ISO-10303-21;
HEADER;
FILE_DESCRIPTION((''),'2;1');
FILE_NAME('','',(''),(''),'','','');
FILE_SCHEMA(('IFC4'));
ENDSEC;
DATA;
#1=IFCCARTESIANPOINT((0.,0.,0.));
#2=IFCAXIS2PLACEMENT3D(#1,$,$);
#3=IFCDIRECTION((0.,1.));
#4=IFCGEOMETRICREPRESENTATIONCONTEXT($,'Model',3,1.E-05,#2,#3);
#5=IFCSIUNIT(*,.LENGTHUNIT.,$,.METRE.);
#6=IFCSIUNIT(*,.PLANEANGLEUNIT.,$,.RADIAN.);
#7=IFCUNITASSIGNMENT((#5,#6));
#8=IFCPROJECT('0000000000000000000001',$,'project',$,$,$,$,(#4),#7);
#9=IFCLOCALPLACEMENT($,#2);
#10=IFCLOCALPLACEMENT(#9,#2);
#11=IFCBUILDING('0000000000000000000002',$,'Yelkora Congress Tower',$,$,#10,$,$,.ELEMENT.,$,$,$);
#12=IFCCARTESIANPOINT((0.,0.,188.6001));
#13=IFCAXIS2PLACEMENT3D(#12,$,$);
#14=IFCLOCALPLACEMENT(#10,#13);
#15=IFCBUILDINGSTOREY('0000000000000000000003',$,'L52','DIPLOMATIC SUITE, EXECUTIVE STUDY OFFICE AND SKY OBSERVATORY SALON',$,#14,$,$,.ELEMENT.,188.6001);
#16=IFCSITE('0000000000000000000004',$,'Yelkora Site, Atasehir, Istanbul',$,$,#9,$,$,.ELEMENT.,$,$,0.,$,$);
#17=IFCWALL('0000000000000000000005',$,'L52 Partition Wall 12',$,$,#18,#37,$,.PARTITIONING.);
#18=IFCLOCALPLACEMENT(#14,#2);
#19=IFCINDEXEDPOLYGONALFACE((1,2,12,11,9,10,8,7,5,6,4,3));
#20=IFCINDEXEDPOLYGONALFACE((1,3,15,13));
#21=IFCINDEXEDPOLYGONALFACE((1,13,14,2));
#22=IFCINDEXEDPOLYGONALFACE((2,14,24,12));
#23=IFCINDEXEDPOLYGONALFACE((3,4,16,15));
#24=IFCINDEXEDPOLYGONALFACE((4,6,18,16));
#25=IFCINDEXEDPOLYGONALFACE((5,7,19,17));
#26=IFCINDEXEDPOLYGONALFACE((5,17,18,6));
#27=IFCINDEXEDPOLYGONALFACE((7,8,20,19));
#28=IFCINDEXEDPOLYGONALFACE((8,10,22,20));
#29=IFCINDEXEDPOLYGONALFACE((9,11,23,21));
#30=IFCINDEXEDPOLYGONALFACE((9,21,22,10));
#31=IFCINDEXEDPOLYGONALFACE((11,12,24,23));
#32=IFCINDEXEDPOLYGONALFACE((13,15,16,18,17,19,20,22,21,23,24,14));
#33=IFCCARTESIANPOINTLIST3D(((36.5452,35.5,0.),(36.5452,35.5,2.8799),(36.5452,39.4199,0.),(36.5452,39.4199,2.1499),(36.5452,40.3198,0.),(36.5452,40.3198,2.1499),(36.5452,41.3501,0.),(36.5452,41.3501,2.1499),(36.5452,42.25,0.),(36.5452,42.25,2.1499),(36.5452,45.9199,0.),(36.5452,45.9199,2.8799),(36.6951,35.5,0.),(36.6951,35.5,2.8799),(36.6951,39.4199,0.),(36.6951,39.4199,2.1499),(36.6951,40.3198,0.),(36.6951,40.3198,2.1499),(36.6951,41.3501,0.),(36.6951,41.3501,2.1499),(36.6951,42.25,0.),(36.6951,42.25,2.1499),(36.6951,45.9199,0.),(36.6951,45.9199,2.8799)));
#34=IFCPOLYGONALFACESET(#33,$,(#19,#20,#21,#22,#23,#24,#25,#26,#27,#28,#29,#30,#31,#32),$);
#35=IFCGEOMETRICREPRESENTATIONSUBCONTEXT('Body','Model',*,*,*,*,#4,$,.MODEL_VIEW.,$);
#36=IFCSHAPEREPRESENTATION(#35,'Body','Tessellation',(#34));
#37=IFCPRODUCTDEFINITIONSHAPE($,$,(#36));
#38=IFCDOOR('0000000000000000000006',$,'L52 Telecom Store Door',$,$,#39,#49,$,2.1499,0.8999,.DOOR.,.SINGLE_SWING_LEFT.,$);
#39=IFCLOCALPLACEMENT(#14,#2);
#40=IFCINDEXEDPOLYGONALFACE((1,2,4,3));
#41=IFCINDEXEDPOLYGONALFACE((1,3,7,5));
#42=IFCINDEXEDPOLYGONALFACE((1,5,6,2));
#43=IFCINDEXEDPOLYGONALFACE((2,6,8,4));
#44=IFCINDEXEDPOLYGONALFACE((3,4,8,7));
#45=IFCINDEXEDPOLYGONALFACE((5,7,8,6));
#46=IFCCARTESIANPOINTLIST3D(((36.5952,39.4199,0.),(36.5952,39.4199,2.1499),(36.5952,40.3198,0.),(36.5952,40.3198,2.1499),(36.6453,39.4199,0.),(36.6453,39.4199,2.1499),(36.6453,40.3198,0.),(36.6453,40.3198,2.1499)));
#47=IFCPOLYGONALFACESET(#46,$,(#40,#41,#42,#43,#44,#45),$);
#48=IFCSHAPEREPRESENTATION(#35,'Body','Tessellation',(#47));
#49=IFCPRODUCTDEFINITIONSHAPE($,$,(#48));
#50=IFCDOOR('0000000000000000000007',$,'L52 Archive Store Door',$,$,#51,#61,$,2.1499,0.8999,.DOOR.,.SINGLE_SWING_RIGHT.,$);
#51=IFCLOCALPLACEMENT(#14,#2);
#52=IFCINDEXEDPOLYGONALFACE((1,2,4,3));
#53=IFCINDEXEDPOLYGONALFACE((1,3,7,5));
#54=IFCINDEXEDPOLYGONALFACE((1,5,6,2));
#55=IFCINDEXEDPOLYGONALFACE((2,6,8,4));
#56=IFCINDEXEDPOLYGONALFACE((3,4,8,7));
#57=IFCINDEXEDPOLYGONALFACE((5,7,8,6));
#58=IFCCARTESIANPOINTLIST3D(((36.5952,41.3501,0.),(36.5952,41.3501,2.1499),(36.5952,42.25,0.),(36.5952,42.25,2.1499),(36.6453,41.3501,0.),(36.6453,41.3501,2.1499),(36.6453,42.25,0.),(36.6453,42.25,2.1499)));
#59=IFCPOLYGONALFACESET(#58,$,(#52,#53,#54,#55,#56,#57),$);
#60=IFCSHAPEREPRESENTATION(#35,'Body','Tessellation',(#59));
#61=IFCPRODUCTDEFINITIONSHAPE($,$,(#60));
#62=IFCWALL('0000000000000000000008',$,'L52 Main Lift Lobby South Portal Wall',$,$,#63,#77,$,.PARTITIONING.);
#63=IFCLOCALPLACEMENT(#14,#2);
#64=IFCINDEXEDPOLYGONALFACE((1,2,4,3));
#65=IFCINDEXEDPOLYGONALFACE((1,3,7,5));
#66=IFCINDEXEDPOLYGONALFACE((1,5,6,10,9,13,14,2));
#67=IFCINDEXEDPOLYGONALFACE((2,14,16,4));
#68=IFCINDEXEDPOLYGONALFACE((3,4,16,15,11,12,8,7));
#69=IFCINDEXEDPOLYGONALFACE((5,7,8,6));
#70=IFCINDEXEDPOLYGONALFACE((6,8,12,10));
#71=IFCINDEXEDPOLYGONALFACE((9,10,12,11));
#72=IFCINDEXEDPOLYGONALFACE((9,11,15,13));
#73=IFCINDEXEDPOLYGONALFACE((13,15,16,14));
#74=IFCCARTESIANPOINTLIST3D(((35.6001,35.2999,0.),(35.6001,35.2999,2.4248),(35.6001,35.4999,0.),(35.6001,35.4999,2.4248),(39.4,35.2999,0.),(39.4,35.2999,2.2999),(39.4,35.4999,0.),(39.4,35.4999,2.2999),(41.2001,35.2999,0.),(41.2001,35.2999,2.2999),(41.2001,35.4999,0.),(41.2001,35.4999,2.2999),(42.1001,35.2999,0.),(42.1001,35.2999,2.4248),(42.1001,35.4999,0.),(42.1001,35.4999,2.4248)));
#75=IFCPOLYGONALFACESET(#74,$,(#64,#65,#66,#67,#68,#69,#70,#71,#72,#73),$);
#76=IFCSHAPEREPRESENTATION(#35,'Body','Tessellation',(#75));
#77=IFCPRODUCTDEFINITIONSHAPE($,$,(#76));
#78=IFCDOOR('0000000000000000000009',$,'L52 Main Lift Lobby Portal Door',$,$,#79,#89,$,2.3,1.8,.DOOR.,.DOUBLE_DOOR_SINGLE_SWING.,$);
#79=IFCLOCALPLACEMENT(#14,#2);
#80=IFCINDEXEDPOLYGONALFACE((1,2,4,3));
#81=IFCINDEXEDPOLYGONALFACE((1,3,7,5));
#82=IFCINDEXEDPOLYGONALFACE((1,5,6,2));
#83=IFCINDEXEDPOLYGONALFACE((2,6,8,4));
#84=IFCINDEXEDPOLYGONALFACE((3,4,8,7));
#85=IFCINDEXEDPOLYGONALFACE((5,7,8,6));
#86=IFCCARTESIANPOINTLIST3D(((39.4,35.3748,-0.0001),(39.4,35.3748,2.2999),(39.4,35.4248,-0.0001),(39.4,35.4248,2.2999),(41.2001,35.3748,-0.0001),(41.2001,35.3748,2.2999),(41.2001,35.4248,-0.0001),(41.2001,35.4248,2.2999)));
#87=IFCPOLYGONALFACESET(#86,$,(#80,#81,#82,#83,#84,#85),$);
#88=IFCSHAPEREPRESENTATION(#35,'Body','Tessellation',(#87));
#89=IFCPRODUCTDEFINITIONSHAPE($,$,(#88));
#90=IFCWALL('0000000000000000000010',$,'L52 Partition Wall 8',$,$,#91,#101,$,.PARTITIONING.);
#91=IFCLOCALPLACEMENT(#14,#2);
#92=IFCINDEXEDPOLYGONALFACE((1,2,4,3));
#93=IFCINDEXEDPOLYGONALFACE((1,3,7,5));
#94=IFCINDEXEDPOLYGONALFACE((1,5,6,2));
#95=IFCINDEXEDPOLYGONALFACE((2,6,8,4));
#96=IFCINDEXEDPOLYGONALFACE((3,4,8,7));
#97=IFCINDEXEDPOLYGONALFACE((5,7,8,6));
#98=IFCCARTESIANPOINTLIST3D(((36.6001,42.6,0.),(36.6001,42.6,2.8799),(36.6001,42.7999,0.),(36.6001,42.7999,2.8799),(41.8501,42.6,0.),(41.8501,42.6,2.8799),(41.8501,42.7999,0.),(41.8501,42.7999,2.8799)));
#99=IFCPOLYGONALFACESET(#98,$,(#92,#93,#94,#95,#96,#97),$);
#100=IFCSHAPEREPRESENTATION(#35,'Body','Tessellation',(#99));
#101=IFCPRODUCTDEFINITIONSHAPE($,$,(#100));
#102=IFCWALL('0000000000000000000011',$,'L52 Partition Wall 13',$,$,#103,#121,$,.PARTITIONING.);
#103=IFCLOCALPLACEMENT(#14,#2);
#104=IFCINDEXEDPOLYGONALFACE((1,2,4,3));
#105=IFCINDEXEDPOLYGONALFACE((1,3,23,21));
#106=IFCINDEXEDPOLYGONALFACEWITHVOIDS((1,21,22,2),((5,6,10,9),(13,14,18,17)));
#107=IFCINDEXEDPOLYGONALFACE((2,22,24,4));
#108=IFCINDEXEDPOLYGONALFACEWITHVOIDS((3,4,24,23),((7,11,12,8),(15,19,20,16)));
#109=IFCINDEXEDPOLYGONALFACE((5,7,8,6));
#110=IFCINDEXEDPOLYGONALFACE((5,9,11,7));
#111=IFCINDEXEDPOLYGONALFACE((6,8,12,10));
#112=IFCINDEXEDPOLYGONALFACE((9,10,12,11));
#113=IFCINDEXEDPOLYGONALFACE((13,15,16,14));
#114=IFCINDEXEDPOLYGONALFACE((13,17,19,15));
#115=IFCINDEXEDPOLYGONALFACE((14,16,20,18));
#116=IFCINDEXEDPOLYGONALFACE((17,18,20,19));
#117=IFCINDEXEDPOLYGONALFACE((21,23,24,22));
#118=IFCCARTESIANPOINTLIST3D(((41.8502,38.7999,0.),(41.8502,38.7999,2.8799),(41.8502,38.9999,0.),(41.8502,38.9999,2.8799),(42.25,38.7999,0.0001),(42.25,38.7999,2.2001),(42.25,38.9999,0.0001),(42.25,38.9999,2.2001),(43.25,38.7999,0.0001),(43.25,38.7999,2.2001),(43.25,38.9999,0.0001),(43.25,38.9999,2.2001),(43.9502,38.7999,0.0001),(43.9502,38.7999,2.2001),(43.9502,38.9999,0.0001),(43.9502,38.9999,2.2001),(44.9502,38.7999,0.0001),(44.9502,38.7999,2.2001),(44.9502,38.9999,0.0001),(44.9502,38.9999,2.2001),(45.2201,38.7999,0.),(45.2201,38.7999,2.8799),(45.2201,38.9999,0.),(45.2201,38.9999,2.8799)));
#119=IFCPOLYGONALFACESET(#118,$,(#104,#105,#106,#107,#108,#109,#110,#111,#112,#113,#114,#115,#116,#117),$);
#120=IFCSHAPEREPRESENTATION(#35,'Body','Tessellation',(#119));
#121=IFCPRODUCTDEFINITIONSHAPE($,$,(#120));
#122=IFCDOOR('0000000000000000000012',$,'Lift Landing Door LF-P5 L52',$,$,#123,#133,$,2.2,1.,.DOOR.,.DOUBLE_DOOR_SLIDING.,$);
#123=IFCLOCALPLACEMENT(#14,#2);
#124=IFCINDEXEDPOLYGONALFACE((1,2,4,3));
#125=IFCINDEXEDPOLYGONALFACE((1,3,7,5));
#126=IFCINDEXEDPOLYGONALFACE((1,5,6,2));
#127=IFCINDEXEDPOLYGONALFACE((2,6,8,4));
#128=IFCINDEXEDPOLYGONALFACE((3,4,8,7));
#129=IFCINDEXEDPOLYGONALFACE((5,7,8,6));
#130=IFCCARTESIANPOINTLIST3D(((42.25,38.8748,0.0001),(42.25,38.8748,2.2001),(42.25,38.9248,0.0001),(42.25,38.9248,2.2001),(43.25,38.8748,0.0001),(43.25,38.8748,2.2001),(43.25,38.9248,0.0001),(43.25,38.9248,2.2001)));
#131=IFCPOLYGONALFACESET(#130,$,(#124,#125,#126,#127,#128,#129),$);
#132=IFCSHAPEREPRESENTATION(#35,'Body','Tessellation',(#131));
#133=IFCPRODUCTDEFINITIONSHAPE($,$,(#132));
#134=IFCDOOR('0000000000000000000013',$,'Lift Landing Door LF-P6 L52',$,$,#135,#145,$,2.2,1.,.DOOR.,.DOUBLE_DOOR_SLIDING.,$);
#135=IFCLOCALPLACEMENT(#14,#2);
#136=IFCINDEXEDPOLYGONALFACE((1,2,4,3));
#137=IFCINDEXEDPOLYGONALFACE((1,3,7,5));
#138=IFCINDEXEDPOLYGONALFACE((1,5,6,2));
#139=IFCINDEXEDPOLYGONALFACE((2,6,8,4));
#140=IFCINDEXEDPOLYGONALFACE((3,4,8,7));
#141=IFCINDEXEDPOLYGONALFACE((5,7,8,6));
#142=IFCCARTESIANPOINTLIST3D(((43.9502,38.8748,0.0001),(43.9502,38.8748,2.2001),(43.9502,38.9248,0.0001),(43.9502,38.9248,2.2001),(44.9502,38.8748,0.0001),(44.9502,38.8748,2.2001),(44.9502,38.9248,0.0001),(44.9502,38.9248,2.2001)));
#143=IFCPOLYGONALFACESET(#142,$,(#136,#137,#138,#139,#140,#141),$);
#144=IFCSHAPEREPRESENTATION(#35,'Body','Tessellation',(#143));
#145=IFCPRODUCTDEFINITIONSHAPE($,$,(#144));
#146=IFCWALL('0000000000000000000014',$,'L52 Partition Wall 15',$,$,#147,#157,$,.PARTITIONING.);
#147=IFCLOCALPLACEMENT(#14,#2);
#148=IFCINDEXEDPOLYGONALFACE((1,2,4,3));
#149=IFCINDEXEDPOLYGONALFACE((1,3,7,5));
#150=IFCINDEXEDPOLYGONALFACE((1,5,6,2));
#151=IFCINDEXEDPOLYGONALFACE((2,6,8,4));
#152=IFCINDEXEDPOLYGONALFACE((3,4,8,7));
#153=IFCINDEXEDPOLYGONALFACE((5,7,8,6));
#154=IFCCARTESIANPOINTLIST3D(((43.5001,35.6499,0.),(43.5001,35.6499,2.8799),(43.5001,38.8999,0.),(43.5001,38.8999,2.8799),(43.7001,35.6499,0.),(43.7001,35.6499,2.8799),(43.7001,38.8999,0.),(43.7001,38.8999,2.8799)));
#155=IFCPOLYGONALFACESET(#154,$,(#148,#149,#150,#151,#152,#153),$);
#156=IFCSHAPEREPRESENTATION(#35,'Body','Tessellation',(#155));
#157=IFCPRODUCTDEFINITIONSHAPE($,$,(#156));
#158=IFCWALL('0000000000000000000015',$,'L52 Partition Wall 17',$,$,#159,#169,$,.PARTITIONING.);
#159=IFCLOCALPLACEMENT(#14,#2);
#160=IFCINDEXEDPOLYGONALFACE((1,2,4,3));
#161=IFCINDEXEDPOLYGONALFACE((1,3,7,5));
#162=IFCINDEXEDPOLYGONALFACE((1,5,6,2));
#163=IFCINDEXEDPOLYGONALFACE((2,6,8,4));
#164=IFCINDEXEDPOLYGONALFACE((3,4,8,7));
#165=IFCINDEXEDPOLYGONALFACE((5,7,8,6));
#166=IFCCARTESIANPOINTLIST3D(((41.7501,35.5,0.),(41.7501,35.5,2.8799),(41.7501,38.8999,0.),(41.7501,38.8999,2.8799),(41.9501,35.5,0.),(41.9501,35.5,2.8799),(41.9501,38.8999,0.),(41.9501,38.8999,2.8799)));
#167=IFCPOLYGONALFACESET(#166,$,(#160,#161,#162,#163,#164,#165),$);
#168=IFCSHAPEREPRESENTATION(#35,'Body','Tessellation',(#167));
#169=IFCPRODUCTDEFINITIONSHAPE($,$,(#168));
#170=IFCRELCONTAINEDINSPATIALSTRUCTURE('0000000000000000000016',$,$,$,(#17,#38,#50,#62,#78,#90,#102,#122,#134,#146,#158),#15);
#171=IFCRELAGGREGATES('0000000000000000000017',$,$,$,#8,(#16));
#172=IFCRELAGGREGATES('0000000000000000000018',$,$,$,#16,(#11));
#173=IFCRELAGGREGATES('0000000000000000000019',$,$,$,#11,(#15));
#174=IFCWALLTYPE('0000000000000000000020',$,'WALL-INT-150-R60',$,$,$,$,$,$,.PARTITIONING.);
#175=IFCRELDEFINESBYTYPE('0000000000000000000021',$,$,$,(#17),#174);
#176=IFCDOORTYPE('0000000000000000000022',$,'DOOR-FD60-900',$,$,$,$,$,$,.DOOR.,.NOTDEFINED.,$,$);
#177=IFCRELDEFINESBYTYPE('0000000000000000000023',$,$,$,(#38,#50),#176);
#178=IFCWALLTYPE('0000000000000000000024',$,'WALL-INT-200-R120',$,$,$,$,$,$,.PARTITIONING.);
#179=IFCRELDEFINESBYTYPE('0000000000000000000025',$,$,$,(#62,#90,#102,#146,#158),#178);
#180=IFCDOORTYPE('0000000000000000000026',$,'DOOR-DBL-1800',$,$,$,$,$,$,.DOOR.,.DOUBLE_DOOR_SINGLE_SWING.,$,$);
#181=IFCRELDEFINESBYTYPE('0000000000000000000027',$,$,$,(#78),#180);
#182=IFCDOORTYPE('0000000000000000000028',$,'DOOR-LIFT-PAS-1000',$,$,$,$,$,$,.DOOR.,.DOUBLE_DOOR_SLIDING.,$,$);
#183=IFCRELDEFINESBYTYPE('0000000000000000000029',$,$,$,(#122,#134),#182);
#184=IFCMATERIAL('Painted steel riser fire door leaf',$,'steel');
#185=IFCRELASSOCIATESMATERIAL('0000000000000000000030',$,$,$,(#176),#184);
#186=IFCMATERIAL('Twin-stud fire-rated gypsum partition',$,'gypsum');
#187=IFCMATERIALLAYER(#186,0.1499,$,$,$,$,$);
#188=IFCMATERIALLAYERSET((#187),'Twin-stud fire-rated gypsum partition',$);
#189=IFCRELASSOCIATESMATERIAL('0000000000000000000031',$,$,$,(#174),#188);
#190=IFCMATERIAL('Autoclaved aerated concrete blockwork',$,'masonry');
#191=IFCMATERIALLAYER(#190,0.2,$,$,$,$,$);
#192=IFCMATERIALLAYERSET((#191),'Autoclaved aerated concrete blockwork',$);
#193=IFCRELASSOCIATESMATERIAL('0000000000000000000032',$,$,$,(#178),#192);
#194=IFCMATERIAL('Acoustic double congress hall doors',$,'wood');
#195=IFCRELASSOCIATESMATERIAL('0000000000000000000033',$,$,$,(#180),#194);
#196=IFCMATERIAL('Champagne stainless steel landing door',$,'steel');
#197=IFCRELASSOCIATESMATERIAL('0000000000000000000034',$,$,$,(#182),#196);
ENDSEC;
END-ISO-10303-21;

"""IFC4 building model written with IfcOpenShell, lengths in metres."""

from ifc_helpers import new_model, si_unit, direction, frame, frame_2d, origin, place, context, subcontext, project, spatial, rectangle, extrude, material, layer, layer_set, type_object, element, fill, save


model = new_model("IFC4")

# Units and contexts
model_context = context("Model", 3, precision=1e-05, world=origin(), true_north=direction((0.0, 1.0)))
body_context = subcontext(model_context, "Body", "Model", "MODEL_VIEW")
ifc_project = project(units=[si_unit("LENGTHUNIT", "METRE"), si_unit("PLANEANGLEUNIT", "RADIAN")], contexts=[model_context])

# Site, building, storey
site_placement = place(None, origin())
site = spatial("IfcSite", under=ifc_project, at=site_placement, Name="Yelkora Site, Atasehir, Istanbul", CompositionType="ELEMENT", RefElevation=0.0)
building_placement = place(site_placement, origin())
building = spatial("IfcBuilding", under=site, at=building_placement, Name="Yelkora Congress Tower", CompositionType="ELEMENT")
storey_placement = place(building_placement, frame((0.0, 0.0, 188.6001)))
storey = spatial("IfcBuildingStorey", under=building, at=storey_placement, Name="L52", Description="DIPLOMATIC SUITE, EXECUTIVE STUDY OFFICE AND SKY OBSERVATORY SALON", CompositionType="ELEMENT", Elevation=188.6001)

# Shared definitions
ifc_material_1 = material(Name="Painted steel riser fire door leaf", Category="steel")
door_type_1 = type_object("IfcDoorType", Name="DOOR-FD60-900", OperationType="NOTDEFINED", PredefinedType="DOOR", material=ifc_material_1)

# Shared definitions
ifc_material_2 = material(Name="Twin-stud fire-rated gypsum partition", Category="gypsum")
ifc_layer_1 = layer(ifc_material_2, 0.1499)
ifc_layer_set_1 = layer_set([ifc_layer_1], Name="Twin-stud fire-rated gypsum partition")
wall_type_1 = type_object("IfcWallType", Name="WALL-INT-150-R60", PredefinedType="PARTITIONING", material=ifc_layer_set_1)

# Wall, openings, doors
wall_1_placement = place(storey_placement, frame((36.6201, 35.5, 0.0), z_axis=(0.0, 0.0, 1.0), x_axis=(0.0, 1.0, 0.0)))
wall_1 = element("IfcWall", 1, at=wall_1_placement, inside=storey, type_object=wall_type_1, Name="L52 Partition Wall 12", PredefinedType="PARTITIONING", context=body_context, shape_type="SweptSolid", body=[
    extrude(rectangle(XDim=10.4199, YDim=0.1499, at=frame_2d((5.21, 0.0))), origin(), (0.0, 0.0, 1.0), 2.8799),
])
opening_1_placement = place(wall_1_placement, frame((3.9199, 0.0, 0.0)))
opening_1 = element("IfcOpeningElement", 2, at=opening_1_placement, cuts=wall_1, PredefinedType="OPENING", context=body_context, shape_type="SweptSolid", body=[
    extrude(rectangle(XDim=0.8999, YDim=2.1499, at=frame_2d((0.45, 1.075))), frame((0.0, 0.085, 0.0), z_axis=(0.0, -1.0, 0.0), x_axis=(1.0, 0.0, 0.0)), (0.0, 0.0, 1.0), 0.1699),
])
opening_2_placement = place(wall_1_placement, frame((5.8501, 0.0, 0.0)))
opening_2 = element("IfcOpeningElement", 3, at=opening_2_placement, cuts=wall_1, PredefinedType="OPENING", context=body_context, shape_type="SweptSolid", body=[
    extrude(rectangle(XDim=0.8999, YDim=2.1499, at=frame_2d((0.45, 1.075))), frame((0.0, 0.085, 0.0), z_axis=(0.0, -1.0, 0.0), x_axis=(1.0, 0.0, 0.0)), (0.0, 0.0, 1.0), 0.1699),
])
door_1_placement = place(opening_1_placement, origin())
door_1 = element("IfcDoor", 4, at=door_1_placement, inside=storey, type_object=door_type_1, Name="L52 Telecom Store Door", OperationType="SINGLE_SWING_LEFT", OverallHeight=2.1499, OverallWidth=0.8999, PredefinedType="DOOR", context=body_context, shape_type="SweptSolid", body=[
    extrude(rectangle(XDim=0.8999, YDim=2.1499, at=frame_2d((0.45, 1.075))), frame((0.0, 0.0249, 0.0), z_axis=(0.0, -1.0, 0.0), x_axis=(1.0, 0.0, 0.0)), (0.0, 0.0, 1.0), 0.05),
])
fill(opening_1, door_1)
door_2_placement = place(opening_2_placement, origin())
door_2 = element("IfcDoor", 5, at=door_2_placement, inside=storey, type_object=door_type_1, Name="L52 Archive Store Door", OperationType="SINGLE_SWING_RIGHT", OverallHeight=2.1499, OverallWidth=0.8999, PredefinedType="DOOR", context=body_context, shape_type="SweptSolid", body=[
    extrude(rectangle(XDim=0.8999, YDim=2.1499, at=frame_2d((0.45, 1.075))), frame((0.0, 0.0249, 0.0), z_axis=(0.0, -1.0, 0.0), x_axis=(1.0, 0.0, 0.0)), (0.0, 0.0, 1.0), 0.05),
])
fill(opening_2, door_2)

# Wall, opening, door
ifc_material_3 = material(Name="Autoclaved aerated concrete blockwork", Category="masonry")
ifc_layer_2 = layer(ifc_material_3, 0.2)
ifc_layer_set_2 = layer_set([ifc_layer_2], Name="Autoclaved aerated concrete blockwork")
wall_type_2 = type_object("IfcWallType", Name="WALL-INT-200-R120", PredefinedType="PARTITIONING", material=ifc_layer_set_2)
wall_2_placement = place(storey_placement, frame((35.6001, 35.3999, 0.0), z_axis=(0.0, 0.0, 1.0), x_axis=(1.0, 0.0, 0.0)))
wall_2 = element("IfcWall", 6, at=wall_2_placement, inside=storey, type_object=wall_type_2, Name="L52 Main Lift Lobby South Portal Wall", PredefinedType="PARTITIONING", context=body_context, shape_type="SweptSolid", body=[
    extrude(rectangle(XDim=6.5, YDim=0.2, at=frame_2d((3.25, 0.0))), origin(), (0.0, 0.0, 1.0), 2.4248),
])
opening_3_placement = place(wall_2_placement, frame((3.8, 0.0, 0.0)))
opening_3 = element("IfcOpeningElement", 7, at=opening_3_placement, cuts=wall_2, PredefinedType="OPENING", context=body_context, shape_type="SweptSolid", body=[
    extrude(rectangle(XDim=1.8, YDim=2.3, at=frame_2d((0.8999, 1.1499))), frame((0.0, 0.1099, 0.0), z_axis=(0.0, -1.0, 0.0), x_axis=(1.0, 0.0, 0.0)), (0.0, 0.0, 1.0), 0.22),
])
ifc_material_4 = material(Name="Acoustic double congress hall doors", Category="wood")
door_type_2 = type_object("IfcDoorType", Name="DOOR-DBL-1800", OperationType="DOUBLE_DOOR_SINGLE_SWING", PredefinedType="DOOR", material=ifc_material_4)
door_3_placement = place(opening_3_placement, origin())
door_3 = element("IfcDoor", 8, at=door_3_placement, inside=storey, type_object=door_type_2, Name="L52 Main Lift Lobby Portal Door", OperationType="DOUBLE_DOOR_SINGLE_SWING", OverallHeight=2.3, OverallWidth=1.8, PredefinedType="DOOR", context=body_context, shape_type="SweptSolid", body=[
    extrude(rectangle(XDim=1.8, YDim=2.3, at=frame_2d((0.8999, 1.1499))), frame((0.0, 0.0249, 0.0), z_axis=(0.0, -1.0, 0.0), x_axis=(1.0, 0.0, 0.0)), (0.0, 0.0, 1.0), 0.05),
])
fill(opening_3, door_3)

# Wall
wall_3_placement = place(storey_placement, frame((36.6001, 42.7, 0.0), z_axis=(0.0, 0.0, 1.0), x_axis=(1.0, 0.0, 0.0)))
element("IfcWall", 9, at=wall_3_placement, inside=storey, type_object=wall_type_2, Name="L52 Partition Wall 8", PredefinedType="PARTITIONING", context=body_context, shape_type="SweptSolid", body=[
    extrude(rectangle(XDim=5.25, YDim=0.2, at=frame_2d((2.625, 0.0))), origin(), (0.0, 0.0, 1.0), 2.8799),
])

# Wall, openings, doors
wall_4_placement = place(storey_placement, frame((41.8501, 38.8999, 0.0), z_axis=(0.0, 0.0, 1.0), x_axis=(1.0, 0.0, 0.0)))
wall_4 = element("IfcWall", 10, at=wall_4_placement, inside=storey, type_object=wall_type_2, Name="L52 Partition Wall 13", PredefinedType="PARTITIONING", context=body_context, shape_type="SweptSolid", body=[
    extrude(rectangle(XDim=3.3699, YDim=0.2, at=frame_2d((1.6851, 0.0))), origin(), (0.0, 0.0, 1.0), 2.8799),
])
opening_4_placement = place(wall_4_placement, frame((0.3999, 0.0, 0.0)))
opening_4 = element("IfcOpeningElement", 11, at=opening_4_placement, cuts=wall_4, PredefinedType="OPENING", context=body_context, shape_type="SweptSolid", body=[
    extrude(rectangle(XDim=1.0, YDim=2.2, at=frame_2d((0.5, 1.1001))), frame((0.0, 0.1099, 0.0), z_axis=(0.0, -1.0, 0.0), x_axis=(1.0, 0.0, 0.0)), (0.0, 0.0, 1.0), 0.22),
])
opening_5_placement = place(wall_4_placement, frame((2.1001, 0.0, 0.0)))
opening_5 = element("IfcOpeningElement", 12, at=opening_5_placement, cuts=wall_4, PredefinedType="OPENING", context=body_context, shape_type="SweptSolid", body=[
    extrude(rectangle(XDim=1.0, YDim=2.2, at=frame_2d((0.5, 1.1001))), frame((0.0, 0.1099, 0.0), z_axis=(0.0, -1.0, 0.0), x_axis=(1.0, 0.0, 0.0)), (0.0, 0.0, 1.0), 0.22),
])
ifc_material_5 = material(Name="Champagne stainless steel landing door", Category="steel")
door_type_3 = type_object("IfcDoorType", Name="DOOR-LIFT-PAS-1000", OperationType="DOUBLE_DOOR_SLIDING", PredefinedType="DOOR", material=ifc_material_5)
door_4_placement = place(opening_4_placement, origin())
door_4 = element("IfcDoor", 13, at=door_4_placement, inside=storey, type_object=door_type_3, Name="Lift Landing Door LF-P5 L52", OperationType="DOUBLE_DOOR_SLIDING", OverallHeight=2.2, OverallWidth=1.0, PredefinedType="DOOR", context=body_context, shape_type="SweptSolid", body=[
    extrude(rectangle(XDim=1.0, YDim=2.2, at=frame_2d((0.5, 1.1001))), frame((0.0, 0.0249, 0.0), z_axis=(0.0, -1.0, 0.0), x_axis=(1.0, 0.0, 0.0)), (0.0, 0.0, 1.0), 0.05),
])
fill(opening_4, door_4)
door_5_placement = place(opening_5_placement, origin())
door_5 = element("IfcDoor", 14, at=door_5_placement, inside=storey, type_object=door_type_3, Name="Lift Landing Door LF-P6 L52", OperationType="DOUBLE_DOOR_SLIDING", OverallHeight=2.2, OverallWidth=1.0, PredefinedType="DOOR", context=body_context, shape_type="SweptSolid", body=[
    extrude(rectangle(XDim=1.0, YDim=2.2, at=frame_2d((0.5, 1.1001))), frame((0.0, 0.0249, 0.0), z_axis=(0.0, -1.0, 0.0), x_axis=(1.0, 0.0, 0.0)), (0.0, 0.0, 1.0), 0.05),
])
fill(opening_5, door_5)

# Walls
wall_5_placement = place(storey_placement, frame((43.6001, 35.6499, 0.0), z_axis=(0.0, 0.0, 1.0), x_axis=(0.0, 1.0, 0.0)))
element("IfcWall", 15, at=wall_5_placement, inside=storey, type_object=wall_type_2, Name="L52 Partition Wall 15", PredefinedType="PARTITIONING", context=body_context, shape_type="SweptSolid", body=[
    extrude(rectangle(XDim=3.25, YDim=0.2, at=frame_2d((1.625, 0.0))), origin(), (0.0, 0.0, 1.0), 2.8799),
])
wall_6_placement = place(storey_placement, frame((41.8501, 35.5, 0.0), z_axis=(0.0, 0.0, 1.0), x_axis=(0.0, 1.0, 0.0)))
element("IfcWall", 16, at=wall_6_placement, inside=storey, type_object=wall_type_2, Name="L52 Partition Wall 17", PredefinedType="PARTITIONING", context=body_context, shape_type="SweptSolid", body=[
    extrude(rectangle(XDim=3.3999, YDim=0.2, at=frame_2d((1.7, 0.0))), origin(), (0.0, 0.0, 1.0), 2.8799),
])

save(model, "model.ifc")
